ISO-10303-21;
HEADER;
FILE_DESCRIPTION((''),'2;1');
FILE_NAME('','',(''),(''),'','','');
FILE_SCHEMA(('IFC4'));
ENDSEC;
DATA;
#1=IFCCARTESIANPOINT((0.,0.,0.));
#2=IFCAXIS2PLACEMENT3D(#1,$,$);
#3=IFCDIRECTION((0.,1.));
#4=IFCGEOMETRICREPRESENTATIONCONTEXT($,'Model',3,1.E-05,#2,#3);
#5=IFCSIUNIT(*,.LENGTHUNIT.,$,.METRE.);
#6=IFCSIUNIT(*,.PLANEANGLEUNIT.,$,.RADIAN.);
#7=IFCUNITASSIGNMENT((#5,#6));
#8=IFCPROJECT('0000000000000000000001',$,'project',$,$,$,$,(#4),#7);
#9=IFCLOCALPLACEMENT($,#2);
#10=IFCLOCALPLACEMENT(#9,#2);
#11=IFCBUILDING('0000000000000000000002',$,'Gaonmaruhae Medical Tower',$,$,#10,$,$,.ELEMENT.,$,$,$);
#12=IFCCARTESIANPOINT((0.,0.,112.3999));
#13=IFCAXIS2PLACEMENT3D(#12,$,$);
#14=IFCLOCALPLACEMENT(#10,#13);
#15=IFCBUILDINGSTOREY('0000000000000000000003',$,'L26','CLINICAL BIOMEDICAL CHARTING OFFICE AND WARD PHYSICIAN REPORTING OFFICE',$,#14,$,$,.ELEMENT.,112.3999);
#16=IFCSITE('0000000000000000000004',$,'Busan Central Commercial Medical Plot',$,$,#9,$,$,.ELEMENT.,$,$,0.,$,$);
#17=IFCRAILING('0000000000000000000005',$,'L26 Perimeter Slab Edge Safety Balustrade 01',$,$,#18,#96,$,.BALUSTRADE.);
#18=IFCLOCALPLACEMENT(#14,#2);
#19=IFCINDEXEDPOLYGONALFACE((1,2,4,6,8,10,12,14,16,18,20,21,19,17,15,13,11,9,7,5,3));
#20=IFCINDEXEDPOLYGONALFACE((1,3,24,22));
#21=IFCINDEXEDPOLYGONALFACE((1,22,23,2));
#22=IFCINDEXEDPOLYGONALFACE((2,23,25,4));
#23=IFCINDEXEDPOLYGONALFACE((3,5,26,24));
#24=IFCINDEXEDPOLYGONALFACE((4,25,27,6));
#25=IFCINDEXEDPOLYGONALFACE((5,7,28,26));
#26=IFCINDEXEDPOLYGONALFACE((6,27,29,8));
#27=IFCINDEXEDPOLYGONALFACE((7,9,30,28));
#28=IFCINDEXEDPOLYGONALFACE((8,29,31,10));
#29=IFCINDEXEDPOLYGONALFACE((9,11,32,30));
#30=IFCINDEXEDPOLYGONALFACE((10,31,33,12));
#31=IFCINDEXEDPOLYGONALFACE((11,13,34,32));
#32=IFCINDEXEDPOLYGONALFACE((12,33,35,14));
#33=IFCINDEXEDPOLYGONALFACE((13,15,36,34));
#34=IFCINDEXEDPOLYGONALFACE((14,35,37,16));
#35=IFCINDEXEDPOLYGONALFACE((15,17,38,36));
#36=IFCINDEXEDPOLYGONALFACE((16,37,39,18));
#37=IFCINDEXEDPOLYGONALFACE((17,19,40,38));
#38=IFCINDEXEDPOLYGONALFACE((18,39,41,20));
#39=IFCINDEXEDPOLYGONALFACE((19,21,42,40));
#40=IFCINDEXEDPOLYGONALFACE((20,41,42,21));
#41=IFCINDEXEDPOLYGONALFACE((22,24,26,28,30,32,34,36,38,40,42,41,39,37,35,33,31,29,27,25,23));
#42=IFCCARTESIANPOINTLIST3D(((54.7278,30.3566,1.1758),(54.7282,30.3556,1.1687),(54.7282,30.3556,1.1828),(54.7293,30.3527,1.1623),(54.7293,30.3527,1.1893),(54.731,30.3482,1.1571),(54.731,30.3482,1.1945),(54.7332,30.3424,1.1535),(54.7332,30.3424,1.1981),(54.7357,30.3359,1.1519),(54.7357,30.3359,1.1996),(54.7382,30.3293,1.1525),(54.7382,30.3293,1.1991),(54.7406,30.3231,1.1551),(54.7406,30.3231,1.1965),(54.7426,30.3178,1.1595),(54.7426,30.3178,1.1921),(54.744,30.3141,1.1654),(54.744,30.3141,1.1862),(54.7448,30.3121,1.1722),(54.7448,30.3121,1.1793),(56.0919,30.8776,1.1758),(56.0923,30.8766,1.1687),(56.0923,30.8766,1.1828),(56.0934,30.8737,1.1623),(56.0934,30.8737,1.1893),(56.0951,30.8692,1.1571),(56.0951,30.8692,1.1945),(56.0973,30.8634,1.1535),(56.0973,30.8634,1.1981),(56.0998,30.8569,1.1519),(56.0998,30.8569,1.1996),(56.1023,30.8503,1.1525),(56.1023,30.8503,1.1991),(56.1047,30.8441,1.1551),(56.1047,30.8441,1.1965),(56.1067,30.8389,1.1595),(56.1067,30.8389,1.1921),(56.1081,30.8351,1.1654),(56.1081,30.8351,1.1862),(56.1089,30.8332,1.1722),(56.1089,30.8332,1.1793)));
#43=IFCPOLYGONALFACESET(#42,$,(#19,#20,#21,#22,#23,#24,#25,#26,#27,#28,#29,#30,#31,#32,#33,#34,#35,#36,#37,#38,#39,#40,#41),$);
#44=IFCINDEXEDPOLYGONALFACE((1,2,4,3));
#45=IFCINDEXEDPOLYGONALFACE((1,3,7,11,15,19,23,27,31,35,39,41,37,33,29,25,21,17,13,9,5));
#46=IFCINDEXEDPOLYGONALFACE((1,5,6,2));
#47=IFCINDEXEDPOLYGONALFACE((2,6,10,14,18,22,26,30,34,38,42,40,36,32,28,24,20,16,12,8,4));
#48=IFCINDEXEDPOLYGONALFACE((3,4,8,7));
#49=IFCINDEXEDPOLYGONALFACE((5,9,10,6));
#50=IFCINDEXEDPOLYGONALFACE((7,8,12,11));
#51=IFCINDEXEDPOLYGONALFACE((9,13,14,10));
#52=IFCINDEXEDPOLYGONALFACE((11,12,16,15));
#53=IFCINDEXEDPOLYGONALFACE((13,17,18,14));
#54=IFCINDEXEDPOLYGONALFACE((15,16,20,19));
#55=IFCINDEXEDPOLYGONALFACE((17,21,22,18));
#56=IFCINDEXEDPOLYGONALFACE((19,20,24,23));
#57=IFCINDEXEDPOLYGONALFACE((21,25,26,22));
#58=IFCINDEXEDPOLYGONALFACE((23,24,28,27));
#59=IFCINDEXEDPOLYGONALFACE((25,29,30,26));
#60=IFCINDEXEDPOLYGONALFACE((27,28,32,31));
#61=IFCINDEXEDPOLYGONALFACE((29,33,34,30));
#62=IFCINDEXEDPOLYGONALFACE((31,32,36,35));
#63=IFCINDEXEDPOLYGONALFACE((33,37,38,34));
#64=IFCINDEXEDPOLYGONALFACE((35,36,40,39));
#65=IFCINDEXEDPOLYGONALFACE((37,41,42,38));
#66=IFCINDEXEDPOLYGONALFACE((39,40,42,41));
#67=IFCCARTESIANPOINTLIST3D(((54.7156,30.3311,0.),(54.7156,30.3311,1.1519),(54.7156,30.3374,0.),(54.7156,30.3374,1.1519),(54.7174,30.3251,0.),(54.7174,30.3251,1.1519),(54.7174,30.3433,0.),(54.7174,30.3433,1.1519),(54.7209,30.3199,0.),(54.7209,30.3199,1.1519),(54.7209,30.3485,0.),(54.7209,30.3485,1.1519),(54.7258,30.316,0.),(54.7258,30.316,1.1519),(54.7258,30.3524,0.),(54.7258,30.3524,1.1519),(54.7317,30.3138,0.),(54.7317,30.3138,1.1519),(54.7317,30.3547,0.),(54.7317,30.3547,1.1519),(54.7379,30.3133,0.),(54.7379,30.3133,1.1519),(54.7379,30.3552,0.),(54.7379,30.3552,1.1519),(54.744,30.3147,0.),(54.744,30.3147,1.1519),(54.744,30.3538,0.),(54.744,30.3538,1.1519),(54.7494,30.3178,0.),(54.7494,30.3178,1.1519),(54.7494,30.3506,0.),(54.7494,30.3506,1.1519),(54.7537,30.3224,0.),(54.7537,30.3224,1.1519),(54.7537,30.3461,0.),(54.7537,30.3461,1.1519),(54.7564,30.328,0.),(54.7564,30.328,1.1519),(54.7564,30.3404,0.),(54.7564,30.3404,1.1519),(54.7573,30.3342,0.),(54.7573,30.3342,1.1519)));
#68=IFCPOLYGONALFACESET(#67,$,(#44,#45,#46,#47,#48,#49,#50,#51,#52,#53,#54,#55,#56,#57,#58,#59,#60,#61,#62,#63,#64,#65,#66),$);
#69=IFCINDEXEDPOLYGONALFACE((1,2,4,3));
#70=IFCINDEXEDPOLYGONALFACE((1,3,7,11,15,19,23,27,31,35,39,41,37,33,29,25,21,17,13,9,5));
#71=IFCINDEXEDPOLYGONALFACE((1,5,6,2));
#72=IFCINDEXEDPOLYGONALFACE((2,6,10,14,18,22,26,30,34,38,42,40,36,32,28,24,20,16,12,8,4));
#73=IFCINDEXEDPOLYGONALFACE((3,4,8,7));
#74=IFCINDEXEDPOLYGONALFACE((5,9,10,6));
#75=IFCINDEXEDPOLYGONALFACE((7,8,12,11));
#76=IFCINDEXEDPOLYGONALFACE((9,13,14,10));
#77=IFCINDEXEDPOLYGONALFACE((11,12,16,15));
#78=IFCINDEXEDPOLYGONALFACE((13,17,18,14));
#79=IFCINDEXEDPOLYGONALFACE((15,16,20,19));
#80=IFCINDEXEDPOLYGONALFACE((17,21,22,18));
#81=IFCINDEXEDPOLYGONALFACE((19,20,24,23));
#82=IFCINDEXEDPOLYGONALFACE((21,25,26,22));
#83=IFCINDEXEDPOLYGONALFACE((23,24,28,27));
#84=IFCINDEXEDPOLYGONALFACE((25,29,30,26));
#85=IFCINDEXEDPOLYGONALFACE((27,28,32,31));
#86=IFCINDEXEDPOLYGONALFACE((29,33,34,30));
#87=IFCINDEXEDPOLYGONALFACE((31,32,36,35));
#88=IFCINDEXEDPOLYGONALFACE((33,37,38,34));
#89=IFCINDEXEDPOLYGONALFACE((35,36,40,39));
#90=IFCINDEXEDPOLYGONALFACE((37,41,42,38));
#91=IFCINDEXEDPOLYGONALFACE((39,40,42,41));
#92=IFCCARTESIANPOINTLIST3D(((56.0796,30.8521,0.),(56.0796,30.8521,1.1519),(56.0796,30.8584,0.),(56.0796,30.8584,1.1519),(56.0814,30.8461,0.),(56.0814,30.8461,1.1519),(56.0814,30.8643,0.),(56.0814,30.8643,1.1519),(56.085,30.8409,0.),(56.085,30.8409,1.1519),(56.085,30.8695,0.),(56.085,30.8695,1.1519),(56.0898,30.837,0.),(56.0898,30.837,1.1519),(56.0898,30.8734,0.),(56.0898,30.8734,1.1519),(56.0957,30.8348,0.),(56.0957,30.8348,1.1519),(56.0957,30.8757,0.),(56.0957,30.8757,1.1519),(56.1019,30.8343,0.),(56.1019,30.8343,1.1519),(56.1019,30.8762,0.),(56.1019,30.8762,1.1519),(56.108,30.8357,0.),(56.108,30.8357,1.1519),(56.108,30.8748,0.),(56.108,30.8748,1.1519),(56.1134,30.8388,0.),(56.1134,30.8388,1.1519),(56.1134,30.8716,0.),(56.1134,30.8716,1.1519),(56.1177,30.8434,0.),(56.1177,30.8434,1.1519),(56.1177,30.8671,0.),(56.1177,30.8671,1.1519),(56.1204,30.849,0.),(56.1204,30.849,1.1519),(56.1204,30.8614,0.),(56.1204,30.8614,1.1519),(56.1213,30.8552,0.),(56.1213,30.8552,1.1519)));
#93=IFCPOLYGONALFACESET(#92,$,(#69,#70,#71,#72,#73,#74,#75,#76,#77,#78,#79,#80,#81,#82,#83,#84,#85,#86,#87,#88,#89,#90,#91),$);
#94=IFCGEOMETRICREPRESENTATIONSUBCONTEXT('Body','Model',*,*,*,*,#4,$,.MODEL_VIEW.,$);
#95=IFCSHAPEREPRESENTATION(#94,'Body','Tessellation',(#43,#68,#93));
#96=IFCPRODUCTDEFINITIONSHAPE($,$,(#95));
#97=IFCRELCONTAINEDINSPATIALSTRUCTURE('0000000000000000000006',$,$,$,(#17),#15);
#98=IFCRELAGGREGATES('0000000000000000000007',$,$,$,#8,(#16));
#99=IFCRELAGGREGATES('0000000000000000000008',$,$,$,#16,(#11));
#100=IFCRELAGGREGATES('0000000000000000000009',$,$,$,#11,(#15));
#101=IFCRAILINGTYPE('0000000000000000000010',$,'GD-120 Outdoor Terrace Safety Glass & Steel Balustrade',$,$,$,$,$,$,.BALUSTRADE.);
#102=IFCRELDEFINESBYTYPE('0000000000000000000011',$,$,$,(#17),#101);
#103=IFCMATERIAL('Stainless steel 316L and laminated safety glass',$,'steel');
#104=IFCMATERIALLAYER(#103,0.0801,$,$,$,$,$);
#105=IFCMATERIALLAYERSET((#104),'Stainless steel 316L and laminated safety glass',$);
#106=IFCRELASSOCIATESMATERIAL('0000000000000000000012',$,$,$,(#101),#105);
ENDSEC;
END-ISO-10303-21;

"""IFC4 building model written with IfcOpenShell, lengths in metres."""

from ifc_helpers import new_model, si_unit, direction, frame, origin, origin_2d, place, context, subcontext, project, spatial, circle, extrude, material, layer, layer_set, type_object, element, save


model = new_model("IFC4")

# Units and contexts
model_context = context("Model", 3, precision=1e-05, world=origin(), true_north=direction((0.0, 1.0)))
body_context = subcontext(model_context, "Body", "Model", "MODEL_VIEW")
ifc_project = project(units=[si_unit("LENGTHUNIT", "METRE"), si_unit("PLANEANGLEUNIT", "RADIAN")], contexts=[model_context])

# Site, building, storey
site_placement = place(None, origin())
site = spatial("IfcSite", under=ifc_project, at=site_placement, Name="Busan Central Commercial Medical Plot", CompositionType="ELEMENT", RefElevation=0.0)
building_placement = place(site_placement, origin())
building = spatial("IfcBuilding", under=site, at=building_placement, Name="Gaonmaruhae Medical Tower", CompositionType="ELEMENT")
storey_placement = place(building_placement, frame((0.0, 0.0, 112.3999)))
storey = spatial("IfcBuildingStorey", under=building, at=storey_placement, Name="L26", Description="CLINICAL BIOMEDICAL CHARTING OFFICE AND WARD PHYSICIAN REPORTING OFFICE", CompositionType="ELEMENT", Elevation=112.3999)

# Railing
ifc_material_1 = material(Name="Stainless steel 316L and laminated safety glass", Category="steel")
ifc_layer_1 = layer(ifc_material_1, 0.0801)
ifc_layer_set_1 = layer_set([ifc_layer_1], Name="Stainless steel 316L and laminated safety glass")
railing_type = type_object("IfcRailingType", Name="GD-120 Outdoor Terrace Safety Glass & Steel Balustrade", PredefinedType="BALUSTRADE", material=ifc_layer_set_1)
railing_1_placement = place(storey_placement, frame((54.7363, 30.3342, 0.0)))
element("IfcRailing", 1, at=railing_1_placement, inside=storey, type_object=railing_type, Name="L26 Perimeter Slab Edge Safety Balustrade 01", PredefinedType="BALUSTRADE", context=body_context, shape_type="SweptSolid", body=[
    extrude(circle(Radius=0.0239, at=origin_2d()), frame((0.0, 0.0, 1.1758), z_axis=(0.934175, 0.356816, 0.0), x_axis=(-0.356816, 0.934175, 0.0)), (0.0, 0.0, 1.0), 1.4602),
    extrude(circle(Radius=0.021, at=origin_2d()), origin(), (0.0, 0.0, 1.0), 1.1519),
    extrude(circle(Radius=0.021, at=origin_2d()), frame((1.364, 0.521, 0.0)), (0.0, 0.0, 1.0), 1.1519),
])

save(model, "model.ifc")
